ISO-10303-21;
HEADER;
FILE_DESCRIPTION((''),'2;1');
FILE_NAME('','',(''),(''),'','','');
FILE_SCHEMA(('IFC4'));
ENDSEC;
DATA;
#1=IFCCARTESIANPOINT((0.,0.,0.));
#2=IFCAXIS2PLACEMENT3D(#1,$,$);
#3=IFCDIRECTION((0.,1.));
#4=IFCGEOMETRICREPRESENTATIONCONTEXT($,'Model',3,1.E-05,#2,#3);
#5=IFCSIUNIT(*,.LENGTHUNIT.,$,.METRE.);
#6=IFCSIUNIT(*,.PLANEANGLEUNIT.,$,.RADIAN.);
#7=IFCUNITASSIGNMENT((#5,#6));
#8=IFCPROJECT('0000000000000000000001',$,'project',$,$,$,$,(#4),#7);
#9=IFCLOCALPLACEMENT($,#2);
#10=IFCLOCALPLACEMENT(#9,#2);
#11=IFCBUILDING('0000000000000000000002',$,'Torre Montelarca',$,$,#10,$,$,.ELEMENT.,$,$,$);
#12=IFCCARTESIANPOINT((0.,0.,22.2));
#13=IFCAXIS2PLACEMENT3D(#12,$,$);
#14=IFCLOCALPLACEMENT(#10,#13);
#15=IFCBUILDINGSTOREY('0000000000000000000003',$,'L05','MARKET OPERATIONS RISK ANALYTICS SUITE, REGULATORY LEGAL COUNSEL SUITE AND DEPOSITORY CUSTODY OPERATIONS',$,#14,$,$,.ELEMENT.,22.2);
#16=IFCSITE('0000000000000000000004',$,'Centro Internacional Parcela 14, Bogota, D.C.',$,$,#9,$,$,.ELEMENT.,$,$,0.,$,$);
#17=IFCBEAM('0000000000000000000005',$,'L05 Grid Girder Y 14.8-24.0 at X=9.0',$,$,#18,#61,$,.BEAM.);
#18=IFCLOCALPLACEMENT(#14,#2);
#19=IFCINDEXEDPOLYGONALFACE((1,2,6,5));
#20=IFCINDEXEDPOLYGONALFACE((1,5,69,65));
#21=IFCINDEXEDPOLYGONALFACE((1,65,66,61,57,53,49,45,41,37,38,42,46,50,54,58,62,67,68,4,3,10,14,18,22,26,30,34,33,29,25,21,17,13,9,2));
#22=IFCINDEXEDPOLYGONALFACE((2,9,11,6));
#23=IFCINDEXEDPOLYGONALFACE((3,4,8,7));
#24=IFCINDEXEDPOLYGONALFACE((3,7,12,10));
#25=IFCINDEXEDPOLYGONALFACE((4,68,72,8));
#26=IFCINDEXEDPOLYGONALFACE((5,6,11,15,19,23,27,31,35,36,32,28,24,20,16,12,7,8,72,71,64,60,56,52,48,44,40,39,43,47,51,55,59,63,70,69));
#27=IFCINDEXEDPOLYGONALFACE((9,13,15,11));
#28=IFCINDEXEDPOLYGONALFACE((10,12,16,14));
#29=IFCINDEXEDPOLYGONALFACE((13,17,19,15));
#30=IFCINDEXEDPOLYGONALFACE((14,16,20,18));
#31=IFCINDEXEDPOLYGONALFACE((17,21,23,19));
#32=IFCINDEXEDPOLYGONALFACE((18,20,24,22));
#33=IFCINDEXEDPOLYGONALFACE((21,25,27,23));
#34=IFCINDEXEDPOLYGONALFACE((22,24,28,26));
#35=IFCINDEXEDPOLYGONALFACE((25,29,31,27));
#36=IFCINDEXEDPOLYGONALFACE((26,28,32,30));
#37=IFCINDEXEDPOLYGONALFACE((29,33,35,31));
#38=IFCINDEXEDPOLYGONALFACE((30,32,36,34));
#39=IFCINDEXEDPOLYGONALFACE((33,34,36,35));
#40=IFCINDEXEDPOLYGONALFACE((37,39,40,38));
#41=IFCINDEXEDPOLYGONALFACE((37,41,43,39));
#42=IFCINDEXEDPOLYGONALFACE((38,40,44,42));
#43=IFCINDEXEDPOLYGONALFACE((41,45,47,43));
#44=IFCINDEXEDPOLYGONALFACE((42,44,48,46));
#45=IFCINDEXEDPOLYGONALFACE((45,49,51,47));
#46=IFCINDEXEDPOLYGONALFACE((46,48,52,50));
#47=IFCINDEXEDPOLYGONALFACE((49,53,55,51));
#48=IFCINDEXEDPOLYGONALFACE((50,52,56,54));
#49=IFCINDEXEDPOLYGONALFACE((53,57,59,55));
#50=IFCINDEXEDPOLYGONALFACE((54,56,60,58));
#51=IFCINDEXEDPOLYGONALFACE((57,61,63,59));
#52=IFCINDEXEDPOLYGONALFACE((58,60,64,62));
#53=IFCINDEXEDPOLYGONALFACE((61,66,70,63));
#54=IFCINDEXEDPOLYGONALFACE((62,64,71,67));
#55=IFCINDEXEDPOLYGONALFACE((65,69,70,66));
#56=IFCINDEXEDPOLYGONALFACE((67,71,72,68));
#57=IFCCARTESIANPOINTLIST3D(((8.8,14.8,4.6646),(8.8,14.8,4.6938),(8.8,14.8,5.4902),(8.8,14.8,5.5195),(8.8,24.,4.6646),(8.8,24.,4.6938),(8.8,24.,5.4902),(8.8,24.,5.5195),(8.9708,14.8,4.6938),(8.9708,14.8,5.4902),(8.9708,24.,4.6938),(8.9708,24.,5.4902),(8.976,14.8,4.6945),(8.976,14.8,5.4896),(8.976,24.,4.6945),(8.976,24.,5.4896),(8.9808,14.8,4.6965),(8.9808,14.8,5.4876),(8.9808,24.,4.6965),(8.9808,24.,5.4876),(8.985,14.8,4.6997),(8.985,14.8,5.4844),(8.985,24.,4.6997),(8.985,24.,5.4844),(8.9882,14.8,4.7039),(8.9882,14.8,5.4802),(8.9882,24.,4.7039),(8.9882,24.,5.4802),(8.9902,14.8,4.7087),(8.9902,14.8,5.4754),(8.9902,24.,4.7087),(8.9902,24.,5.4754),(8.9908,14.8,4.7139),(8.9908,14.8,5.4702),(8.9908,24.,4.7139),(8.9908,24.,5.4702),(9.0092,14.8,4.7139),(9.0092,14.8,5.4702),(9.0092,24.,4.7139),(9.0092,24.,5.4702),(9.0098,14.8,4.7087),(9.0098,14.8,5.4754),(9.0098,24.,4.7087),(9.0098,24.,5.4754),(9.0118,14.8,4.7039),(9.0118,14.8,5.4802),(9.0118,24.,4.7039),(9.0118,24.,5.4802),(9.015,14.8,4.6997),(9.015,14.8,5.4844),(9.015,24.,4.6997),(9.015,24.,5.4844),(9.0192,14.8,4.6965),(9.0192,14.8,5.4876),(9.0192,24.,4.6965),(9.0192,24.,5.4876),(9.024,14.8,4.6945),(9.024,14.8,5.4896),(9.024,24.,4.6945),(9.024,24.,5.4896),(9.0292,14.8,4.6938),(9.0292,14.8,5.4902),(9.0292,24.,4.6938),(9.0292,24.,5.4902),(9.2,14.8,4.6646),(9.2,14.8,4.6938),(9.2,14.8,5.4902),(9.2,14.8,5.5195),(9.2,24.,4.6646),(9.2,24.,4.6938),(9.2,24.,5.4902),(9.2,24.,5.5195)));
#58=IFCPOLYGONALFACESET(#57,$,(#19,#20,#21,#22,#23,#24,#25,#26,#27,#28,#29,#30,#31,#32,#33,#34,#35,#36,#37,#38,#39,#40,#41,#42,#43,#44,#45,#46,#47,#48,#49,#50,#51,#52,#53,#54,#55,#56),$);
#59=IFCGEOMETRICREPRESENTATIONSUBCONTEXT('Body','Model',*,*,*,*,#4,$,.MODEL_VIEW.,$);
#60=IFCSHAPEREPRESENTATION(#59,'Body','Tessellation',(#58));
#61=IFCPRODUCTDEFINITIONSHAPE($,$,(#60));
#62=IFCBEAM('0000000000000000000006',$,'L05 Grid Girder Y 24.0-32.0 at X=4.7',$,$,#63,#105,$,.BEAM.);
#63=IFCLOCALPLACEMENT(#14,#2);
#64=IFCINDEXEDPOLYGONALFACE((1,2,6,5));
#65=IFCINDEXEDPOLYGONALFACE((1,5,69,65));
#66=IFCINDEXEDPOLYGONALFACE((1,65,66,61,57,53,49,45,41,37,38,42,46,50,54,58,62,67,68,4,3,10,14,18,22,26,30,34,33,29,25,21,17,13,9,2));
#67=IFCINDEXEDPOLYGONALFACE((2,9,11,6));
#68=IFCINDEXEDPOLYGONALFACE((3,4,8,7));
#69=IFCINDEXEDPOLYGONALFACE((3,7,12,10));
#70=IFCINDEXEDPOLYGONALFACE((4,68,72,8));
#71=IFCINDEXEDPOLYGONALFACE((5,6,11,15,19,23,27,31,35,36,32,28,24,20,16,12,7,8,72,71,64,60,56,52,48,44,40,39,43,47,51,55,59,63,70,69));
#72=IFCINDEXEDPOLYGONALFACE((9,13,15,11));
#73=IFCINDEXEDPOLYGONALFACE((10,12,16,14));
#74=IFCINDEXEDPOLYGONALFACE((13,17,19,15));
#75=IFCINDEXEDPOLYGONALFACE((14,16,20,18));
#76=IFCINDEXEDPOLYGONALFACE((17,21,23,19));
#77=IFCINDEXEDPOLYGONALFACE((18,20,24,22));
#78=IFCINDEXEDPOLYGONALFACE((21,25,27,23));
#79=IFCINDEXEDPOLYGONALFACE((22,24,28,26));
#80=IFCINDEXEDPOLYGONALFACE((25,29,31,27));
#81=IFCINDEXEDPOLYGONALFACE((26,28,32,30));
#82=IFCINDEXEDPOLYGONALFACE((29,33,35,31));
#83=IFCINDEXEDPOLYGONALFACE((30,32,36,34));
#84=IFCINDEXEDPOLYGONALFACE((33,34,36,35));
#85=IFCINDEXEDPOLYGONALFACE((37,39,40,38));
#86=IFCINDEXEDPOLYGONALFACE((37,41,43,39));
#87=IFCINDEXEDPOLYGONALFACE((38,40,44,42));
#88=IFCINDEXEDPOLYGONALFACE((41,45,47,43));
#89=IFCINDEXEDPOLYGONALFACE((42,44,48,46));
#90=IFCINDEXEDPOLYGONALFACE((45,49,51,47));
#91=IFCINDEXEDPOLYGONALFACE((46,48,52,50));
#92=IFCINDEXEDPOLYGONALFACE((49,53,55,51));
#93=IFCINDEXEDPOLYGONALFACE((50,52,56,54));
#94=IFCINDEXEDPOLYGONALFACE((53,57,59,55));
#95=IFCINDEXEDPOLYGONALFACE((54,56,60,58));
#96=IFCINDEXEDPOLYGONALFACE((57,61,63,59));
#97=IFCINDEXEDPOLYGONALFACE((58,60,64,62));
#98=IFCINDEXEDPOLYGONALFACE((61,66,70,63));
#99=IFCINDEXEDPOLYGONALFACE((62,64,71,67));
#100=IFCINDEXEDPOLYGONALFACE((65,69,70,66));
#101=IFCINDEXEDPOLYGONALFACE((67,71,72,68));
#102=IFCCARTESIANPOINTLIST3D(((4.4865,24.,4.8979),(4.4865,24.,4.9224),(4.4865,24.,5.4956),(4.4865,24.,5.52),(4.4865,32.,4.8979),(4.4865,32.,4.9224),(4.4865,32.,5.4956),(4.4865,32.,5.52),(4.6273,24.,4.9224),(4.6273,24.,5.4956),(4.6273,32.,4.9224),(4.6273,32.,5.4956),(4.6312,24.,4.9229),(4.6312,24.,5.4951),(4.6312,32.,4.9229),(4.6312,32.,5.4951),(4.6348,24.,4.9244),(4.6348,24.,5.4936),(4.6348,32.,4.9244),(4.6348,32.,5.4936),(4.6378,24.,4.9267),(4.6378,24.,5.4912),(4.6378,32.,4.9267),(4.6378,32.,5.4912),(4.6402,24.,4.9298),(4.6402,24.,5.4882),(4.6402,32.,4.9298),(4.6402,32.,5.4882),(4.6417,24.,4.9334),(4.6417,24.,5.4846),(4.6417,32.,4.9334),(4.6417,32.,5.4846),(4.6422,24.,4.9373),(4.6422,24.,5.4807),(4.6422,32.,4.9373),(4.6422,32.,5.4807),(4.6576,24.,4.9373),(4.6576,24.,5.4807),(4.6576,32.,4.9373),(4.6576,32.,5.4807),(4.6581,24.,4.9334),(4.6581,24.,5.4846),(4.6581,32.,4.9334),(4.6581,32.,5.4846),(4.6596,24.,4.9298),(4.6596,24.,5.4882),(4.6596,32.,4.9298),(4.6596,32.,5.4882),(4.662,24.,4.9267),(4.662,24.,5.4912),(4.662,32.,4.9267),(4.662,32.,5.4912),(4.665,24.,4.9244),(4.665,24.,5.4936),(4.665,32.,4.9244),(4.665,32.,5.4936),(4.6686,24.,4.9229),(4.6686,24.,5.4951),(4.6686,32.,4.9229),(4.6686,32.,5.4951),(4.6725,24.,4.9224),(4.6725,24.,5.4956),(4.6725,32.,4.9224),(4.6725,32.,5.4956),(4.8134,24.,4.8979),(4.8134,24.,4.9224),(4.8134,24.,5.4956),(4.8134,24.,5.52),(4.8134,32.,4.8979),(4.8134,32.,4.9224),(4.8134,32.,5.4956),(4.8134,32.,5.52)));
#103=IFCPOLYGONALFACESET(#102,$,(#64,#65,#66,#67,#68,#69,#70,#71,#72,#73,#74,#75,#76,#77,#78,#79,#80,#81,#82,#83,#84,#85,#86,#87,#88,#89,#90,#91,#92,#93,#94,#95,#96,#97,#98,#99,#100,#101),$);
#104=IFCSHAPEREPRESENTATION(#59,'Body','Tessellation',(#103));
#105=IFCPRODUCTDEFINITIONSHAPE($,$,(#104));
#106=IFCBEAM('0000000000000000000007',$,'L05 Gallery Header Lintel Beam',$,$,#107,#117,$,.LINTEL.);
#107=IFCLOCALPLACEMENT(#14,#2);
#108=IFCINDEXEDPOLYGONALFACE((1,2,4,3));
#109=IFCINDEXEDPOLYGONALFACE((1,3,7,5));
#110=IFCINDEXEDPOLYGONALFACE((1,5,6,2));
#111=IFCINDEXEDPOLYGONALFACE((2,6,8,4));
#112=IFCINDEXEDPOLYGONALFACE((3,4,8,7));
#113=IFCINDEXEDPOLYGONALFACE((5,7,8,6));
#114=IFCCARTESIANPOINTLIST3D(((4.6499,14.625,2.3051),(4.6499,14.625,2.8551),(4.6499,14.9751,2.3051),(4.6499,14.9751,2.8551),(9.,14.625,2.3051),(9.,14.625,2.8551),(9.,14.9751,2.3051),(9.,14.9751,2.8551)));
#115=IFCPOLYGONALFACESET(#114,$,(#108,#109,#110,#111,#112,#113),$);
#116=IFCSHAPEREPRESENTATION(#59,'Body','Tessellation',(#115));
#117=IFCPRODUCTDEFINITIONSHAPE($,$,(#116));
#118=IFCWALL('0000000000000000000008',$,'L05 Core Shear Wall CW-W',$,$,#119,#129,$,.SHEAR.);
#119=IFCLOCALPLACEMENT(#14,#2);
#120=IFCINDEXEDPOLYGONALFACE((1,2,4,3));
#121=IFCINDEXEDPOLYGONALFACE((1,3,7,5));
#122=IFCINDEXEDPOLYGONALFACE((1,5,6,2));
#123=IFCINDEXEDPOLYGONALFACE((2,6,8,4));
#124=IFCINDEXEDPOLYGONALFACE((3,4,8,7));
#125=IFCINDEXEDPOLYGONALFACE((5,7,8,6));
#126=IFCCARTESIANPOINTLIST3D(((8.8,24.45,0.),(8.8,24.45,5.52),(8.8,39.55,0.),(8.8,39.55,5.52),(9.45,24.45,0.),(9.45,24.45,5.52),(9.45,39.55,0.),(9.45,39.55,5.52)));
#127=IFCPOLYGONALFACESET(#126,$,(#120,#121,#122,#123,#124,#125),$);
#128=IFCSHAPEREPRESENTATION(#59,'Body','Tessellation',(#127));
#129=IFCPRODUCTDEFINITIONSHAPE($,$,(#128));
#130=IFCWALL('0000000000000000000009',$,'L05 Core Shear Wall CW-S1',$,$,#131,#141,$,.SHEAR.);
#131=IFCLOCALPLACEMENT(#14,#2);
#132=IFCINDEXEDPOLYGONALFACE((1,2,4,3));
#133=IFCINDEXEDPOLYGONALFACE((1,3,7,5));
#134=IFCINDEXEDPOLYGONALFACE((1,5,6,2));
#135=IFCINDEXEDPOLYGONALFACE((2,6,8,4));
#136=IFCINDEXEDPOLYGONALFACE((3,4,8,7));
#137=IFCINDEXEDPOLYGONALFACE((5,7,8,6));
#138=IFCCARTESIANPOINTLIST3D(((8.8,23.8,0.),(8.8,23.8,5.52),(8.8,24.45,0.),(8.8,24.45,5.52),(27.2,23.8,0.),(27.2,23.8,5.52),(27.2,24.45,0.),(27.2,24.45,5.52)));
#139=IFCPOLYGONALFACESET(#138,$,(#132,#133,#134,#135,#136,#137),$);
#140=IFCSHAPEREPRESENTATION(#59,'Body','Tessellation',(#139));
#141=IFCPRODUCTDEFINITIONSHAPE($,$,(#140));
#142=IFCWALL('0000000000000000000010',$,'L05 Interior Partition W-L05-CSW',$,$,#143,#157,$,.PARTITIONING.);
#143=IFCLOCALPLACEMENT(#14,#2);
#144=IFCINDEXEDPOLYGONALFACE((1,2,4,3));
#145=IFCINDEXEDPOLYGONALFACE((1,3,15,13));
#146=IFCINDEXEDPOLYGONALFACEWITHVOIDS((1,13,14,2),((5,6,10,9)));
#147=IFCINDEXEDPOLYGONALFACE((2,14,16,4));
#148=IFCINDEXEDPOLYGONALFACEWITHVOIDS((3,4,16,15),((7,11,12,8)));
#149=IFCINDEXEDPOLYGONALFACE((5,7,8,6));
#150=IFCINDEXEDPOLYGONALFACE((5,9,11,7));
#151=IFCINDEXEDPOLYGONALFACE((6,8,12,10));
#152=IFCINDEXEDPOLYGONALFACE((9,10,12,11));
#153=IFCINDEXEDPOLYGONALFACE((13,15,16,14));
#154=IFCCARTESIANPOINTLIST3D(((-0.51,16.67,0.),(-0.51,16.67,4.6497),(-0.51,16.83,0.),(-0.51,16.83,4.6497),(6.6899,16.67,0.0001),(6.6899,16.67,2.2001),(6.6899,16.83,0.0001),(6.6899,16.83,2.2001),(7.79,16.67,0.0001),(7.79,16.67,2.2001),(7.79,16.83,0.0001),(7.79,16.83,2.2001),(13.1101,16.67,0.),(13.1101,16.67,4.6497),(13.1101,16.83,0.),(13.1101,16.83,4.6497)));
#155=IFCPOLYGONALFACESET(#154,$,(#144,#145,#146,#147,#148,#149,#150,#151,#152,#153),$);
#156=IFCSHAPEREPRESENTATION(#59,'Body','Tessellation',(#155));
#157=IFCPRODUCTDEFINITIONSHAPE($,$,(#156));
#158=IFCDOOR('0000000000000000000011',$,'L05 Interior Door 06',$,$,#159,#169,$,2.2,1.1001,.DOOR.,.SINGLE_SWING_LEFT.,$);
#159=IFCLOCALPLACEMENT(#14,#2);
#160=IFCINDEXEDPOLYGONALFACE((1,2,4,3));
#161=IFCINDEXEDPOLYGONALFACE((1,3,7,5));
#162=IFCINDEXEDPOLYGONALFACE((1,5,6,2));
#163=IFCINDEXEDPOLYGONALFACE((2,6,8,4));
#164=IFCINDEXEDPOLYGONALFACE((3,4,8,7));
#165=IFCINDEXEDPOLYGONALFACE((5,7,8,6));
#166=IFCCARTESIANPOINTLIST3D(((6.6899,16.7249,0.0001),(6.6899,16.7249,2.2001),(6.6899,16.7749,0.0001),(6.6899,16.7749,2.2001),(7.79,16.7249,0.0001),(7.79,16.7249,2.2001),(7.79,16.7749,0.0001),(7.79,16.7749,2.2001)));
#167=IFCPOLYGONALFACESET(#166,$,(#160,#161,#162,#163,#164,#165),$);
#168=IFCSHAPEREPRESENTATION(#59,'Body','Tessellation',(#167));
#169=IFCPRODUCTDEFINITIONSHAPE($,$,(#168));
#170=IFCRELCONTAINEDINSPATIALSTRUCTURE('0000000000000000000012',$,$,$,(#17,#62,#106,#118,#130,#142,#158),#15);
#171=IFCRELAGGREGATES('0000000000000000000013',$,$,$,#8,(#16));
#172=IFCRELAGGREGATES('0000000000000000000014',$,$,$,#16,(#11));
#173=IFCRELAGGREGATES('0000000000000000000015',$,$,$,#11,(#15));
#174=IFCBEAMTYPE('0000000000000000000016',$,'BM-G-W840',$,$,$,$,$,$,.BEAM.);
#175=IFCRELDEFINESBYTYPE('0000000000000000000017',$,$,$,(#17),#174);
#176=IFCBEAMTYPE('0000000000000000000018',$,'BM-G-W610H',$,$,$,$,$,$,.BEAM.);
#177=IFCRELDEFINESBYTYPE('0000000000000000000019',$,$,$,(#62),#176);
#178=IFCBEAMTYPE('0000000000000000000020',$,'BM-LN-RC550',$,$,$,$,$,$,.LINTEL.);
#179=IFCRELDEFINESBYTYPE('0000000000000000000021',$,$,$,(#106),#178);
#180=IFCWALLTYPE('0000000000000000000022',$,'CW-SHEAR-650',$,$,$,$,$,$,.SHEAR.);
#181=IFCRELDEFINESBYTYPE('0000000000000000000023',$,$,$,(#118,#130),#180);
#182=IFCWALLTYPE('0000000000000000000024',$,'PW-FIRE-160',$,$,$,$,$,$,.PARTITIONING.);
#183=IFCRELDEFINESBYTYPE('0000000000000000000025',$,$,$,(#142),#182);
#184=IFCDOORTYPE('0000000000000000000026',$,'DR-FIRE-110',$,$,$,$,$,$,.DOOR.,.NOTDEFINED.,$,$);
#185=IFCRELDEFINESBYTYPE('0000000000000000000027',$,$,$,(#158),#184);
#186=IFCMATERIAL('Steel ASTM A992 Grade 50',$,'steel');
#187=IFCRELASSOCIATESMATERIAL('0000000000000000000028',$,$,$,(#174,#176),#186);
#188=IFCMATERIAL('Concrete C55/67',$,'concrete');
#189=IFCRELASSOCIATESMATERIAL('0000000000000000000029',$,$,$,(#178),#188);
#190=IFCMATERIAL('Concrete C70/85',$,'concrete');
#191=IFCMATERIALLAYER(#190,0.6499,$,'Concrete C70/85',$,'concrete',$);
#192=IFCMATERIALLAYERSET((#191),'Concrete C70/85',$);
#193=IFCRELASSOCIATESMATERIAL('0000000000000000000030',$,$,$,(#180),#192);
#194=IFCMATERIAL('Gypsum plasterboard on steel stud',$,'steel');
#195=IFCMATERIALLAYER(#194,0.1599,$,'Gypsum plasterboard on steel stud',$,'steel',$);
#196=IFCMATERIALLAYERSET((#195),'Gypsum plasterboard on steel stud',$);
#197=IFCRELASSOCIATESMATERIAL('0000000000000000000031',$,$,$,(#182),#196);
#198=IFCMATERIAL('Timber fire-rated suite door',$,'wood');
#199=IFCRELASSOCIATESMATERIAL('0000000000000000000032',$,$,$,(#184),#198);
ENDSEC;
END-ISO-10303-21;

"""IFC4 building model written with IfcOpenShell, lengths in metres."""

from ifc_helpers import new_model, si_unit, direction, frame, frame_2d, origin, origin_2d, place, context, subcontext, project, spatial, rectangle, i_section, extrude, source, transform, mapped, material, layer, layer_set, material_profile, profile_set, type_object, element, fill, save


model = new_model("IFC4")

# Units and contexts
model_context = context("Model", 3, precision=1e-05, world=origin(), true_north=direction((0.0, 1.0)))
body_context = subcontext(model_context, "Body", "Model", "MODEL_VIEW")
ifc_project = project(units=[si_unit("LENGTHUNIT", "METRE"), si_unit("PLANEANGLEUNIT", "RADIAN")], contexts=[model_context])

# Site, building, storey
site_placement = place(None, origin())
site = spatial("IfcSite", under=ifc_project, at=site_placement, Name="Centro Internacional Parcela 14, Bogota, D.C.", CompositionType="ELEMENT", RefElevation=0.0)
building_placement = place(site_placement, origin())
building = spatial("IfcBuilding", under=site, at=building_placement, Name="Torre Montelarca", CompositionType="ELEMENT")
storey_placement = place(building_placement, frame((0.0, 0.0, 22.2)))
storey = spatial("IfcBuildingStorey", under=building, at=storey_placement, Name="L05", Description="MARKET OPERATIONS RISK ANALYTICS SUITE, REGULATORY LEGAL COUNSEL SUITE AND DEPOSITORY CUSTODY OPERATIONS", CompositionType="ELEMENT", Elevation=22.2)

# Shared definitions
ifc_material_1 = material(Name="Concrete C70/85", Category="concrete")

# Beams
ifc_material_2 = material(Name="Steel ASTM A992 Grade 50", Category="steel")
ifc_material_profile_1 = material_profile(ifc_material_2, i_section(OverallWidth=0.3999, OverallDepth=0.855, WebThickness=0.0183, FlangeThickness=0.0293, FilletRadius=0.02, at=origin_2d()), Name="W840X299", Category="steel")
ifc_profile_set_1 = profile_set([ifc_material_profile_1], Name="Steel ASTM A992 Grade 50")
beam_type_1 = type_object("IfcBeamType", Name="BM-G-W840", PredefinedType="BEAM", material=ifc_profile_set_1)
ifc_material_3 = material(Name="Concrete C55/67", Category="concrete")
shared_shape_1 = source(origin(), body_context, "Body", "SweptSolid", [
    extrude(i_section(OverallWidth=0.3999, OverallDepth=0.855, WebThickness=0.0183, FlangeThickness=0.0293, FilletRadius=0.02, at=origin_2d()), origin(), (0.0, 0.0, 1.0), 9.2),
])
beam_1_placement = place(storey_placement, frame((9.0, 14.8, 5.092), z_axis=(0.0, 1.0, 0.0), x_axis=(-1.0, 0.0, 0.0)))
element("IfcBeam", 1, at=beam_1_placement, inside=storey, type_object=beam_type_1, Name="L05 Grid Girder Y 14.8-24.0 at X=9.0", PredefinedType="BEAM", context=body_context, shape_type="MappedRepresentation", body=[
    mapped(shared_shape_1, transform((0.0, 0.0, 0.0), scale=1.0)),
])
ifc_material_profile_2 = material_profile(ifc_material_2, i_section(OverallWidth=0.3269, OverallDepth=0.6221, WebThickness=0.0154, FlangeThickness=0.0244, FilletRadius=0.0149, at=origin_2d()), Name="W610X195", Category="steel")
ifc_profile_set_2 = profile_set([ifc_material_profile_2], Name="Steel ASTM A992 Grade 50")
beam_type_2 = type_object("IfcBeamType", Name="BM-G-W610H", PredefinedType="BEAM", material=ifc_profile_set_2)
shared_shape_2 = source(origin(), body_context, "Body", "SweptSolid", [
    extrude(i_section(OverallWidth=0.3269, OverallDepth=0.6221, WebThickness=0.0154, FlangeThickness=0.0244, FilletRadius=0.0149, at=origin_2d()), origin(), (0.0, 0.0, 1.0), 8.0),
])
beam_2_placement = place(storey_placement, frame((4.6499, 24.0, 5.209), z_axis=(0.0, 1.0, 0.0), x_axis=(-1.0, 0.0, 0.0)))
element("IfcBeam", 2, at=beam_2_placement, inside=storey, type_object=beam_type_2, Name="L05 Grid Girder Y 24.0-32.0 at X=4.7", PredefinedType="BEAM", context=body_context, shape_type="MappedRepresentation", body=[
    mapped(shared_shape_2, transform((0.0, 0.0, 0.0), scale=1.0)),
])
ifc_material_profile_3 = material_profile(ifc_material_3, rectangle(XDim=0.3501, YDim=0.55, at=origin_2d()), Name="RCB350X550", Category="concrete")
ifc_profile_set_3 = profile_set([ifc_material_profile_3], Name="Concrete C55/67")
beam_type_3 = type_object("IfcBeamType", Name="BM-LN-RC550", PredefinedType="LINTEL", material=ifc_profile_set_3)
shared_shape_3 = source(origin(), body_context, "Body", "SweptSolid", [
    extrude(rectangle(XDim=0.3501, YDim=0.55, at=origin_2d()), origin(), (0.0, 0.0, 1.0), 4.3501),
])
beam_3_placement = place(storey_placement, frame((4.6499, 14.8, 2.5801), z_axis=(1.0, 0.0, 0.0), x_axis=(0.0, 1.0, 0.0)))
element("IfcBeam", 3, at=beam_3_placement, inside=storey, type_object=beam_type_3, Name="L05 Gallery Header Lintel Beam", PredefinedType="LINTEL", context=body_context, shape_type="MappedRepresentation", body=[
    mapped(shared_shape_3, transform((0.0, 0.0, 0.0), scale=1.0)),
])

# Walls
ifc_layer_1 = layer(ifc_material_1, 0.6499, Name="Concrete C70/85", Category="concrete")
ifc_layer_set_1 = layer_set([ifc_layer_1], Name="Concrete C70/85")
wall_type_1 = type_object("IfcWallType", Name="CW-SHEAR-650", PredefinedType="SHEAR", material=ifc_layer_set_1)
wall_1_placement = place(storey_placement, frame((9.125, 24.45, 0.0), z_axis=(0.0, 0.0, 1.0), x_axis=(0.0, 1.0, 0.0)))
element("IfcWall", 4, at=wall_1_placement, inside=storey, type_object=wall_type_1, Name="L05 Core Shear Wall CW-W", PredefinedType="SHEAR", context=body_context, shape_type="SweptSolid", body=[
    extrude(rectangle(XDim=15.1001, YDim=0.6499, at=frame_2d((7.55, 0.0))), origin(), (0.0, 0.0, 1.0), 5.52),
])
wall_2_placement = place(storey_placement, frame((8.8, 24.125, 0.0), z_axis=(0.0, 0.0, 1.0), x_axis=(1.0, 0.0, 0.0)))
element("IfcWall", 5, at=wall_2_placement, inside=storey, type_object=wall_type_1, Name="L05 Core Shear Wall CW-S1", PredefinedType="SHEAR", context=body_context, shape_type="SweptSolid", body=[
    extrude(rectangle(XDim=18.3999, YDim=0.6499, at=frame_2d((9.2, 0.0))), origin(), (0.0, 0.0, 1.0), 5.52),
])

# Wall, opening, door
ifc_material_4 = material(Name="Gypsum plasterboard on steel stud", Category="steel")
ifc_layer_2 = layer(ifc_material_4, 0.1599, Name="Gypsum plasterboard on steel stud", Category="steel")
ifc_layer_set_2 = layer_set([ifc_layer_2], Name="Gypsum plasterboard on steel stud")
wall_type_2 = type_object("IfcWallType", Name="PW-FIRE-160", PredefinedType="PARTITIONING", material=ifc_layer_set_2)
wall_3_placement = place(storey_placement, frame((-0.51, 16.75, 0.0), z_axis=(0.0, 0.0, 1.0), x_axis=(1.0, 0.0, 0.0)))
wall_3 = element("IfcWall", 6, at=wall_3_placement, inside=storey, type_object=wall_type_2, Name="L05 Interior Partition W-L05-CSW", PredefinedType="PARTITIONING", context=body_context, shape_type="SweptSolid", body=[
    extrude(rectangle(XDim=13.6201, YDim=0.1599, at=frame_2d((6.8101, 0.0))), origin(), (0.0, 0.0, 1.0), 4.6497),
])
opening_1_placement = place(wall_3_placement, frame((7.2, 0.0, 0.0)))
opening_1 = element("IfcOpeningElement", 7, at=opening_1_placement, cuts=wall_3, PredefinedType="OPENING", context=body_context, shape_type="SweptSolid", body=[
    extrude(rectangle(XDim=1.1001, YDim=2.2, at=frame_2d((0.55, 1.1001))), frame((0.0, 0.0898, 0.0), z_axis=(0.0, -1.0, 0.0), x_axis=(1.0, 0.0, 0.0)), (0.0, 0.0, 1.0), 0.1799),
])
ifc_material_5 = material(Name="Timber fire-rated suite door", Category="wood")
door_type_1 = type_object("IfcDoorType", Name="DR-FIRE-110", OperationType="NOTDEFINED", PredefinedType="DOOR", material=ifc_material_5)
shared_shape_4 = source(origin(), body_context, "Body", "SweptSolid", [
    extrude(rectangle(XDim=1.1001, YDim=2.2, at=frame_2d((0.55, 1.1001))), frame((0.0, 0.0249, 0.0), z_axis=(0.0, -1.0, 0.0), x_axis=(1.0, 0.0, 0.0)), (0.0, 0.0, 1.0), 0.05),
])
door_1_placement = place(opening_1_placement, origin())
door_1 = element("IfcDoor", 8, at=door_1_placement, inside=storey, type_object=door_type_1, Name="L05 Interior Door 06", OperationType="SINGLE_SWING_LEFT", OverallHeight=2.2, OverallWidth=1.1001, PredefinedType="DOOR", context=body_context, shape_type="MappedRepresentation", body=[
    mapped(shared_shape_4, transform((0.0, 0.0, 0.0), scale=1.0)),
])
fill(opening_1, door_1)

save(model, "model.ifc")
